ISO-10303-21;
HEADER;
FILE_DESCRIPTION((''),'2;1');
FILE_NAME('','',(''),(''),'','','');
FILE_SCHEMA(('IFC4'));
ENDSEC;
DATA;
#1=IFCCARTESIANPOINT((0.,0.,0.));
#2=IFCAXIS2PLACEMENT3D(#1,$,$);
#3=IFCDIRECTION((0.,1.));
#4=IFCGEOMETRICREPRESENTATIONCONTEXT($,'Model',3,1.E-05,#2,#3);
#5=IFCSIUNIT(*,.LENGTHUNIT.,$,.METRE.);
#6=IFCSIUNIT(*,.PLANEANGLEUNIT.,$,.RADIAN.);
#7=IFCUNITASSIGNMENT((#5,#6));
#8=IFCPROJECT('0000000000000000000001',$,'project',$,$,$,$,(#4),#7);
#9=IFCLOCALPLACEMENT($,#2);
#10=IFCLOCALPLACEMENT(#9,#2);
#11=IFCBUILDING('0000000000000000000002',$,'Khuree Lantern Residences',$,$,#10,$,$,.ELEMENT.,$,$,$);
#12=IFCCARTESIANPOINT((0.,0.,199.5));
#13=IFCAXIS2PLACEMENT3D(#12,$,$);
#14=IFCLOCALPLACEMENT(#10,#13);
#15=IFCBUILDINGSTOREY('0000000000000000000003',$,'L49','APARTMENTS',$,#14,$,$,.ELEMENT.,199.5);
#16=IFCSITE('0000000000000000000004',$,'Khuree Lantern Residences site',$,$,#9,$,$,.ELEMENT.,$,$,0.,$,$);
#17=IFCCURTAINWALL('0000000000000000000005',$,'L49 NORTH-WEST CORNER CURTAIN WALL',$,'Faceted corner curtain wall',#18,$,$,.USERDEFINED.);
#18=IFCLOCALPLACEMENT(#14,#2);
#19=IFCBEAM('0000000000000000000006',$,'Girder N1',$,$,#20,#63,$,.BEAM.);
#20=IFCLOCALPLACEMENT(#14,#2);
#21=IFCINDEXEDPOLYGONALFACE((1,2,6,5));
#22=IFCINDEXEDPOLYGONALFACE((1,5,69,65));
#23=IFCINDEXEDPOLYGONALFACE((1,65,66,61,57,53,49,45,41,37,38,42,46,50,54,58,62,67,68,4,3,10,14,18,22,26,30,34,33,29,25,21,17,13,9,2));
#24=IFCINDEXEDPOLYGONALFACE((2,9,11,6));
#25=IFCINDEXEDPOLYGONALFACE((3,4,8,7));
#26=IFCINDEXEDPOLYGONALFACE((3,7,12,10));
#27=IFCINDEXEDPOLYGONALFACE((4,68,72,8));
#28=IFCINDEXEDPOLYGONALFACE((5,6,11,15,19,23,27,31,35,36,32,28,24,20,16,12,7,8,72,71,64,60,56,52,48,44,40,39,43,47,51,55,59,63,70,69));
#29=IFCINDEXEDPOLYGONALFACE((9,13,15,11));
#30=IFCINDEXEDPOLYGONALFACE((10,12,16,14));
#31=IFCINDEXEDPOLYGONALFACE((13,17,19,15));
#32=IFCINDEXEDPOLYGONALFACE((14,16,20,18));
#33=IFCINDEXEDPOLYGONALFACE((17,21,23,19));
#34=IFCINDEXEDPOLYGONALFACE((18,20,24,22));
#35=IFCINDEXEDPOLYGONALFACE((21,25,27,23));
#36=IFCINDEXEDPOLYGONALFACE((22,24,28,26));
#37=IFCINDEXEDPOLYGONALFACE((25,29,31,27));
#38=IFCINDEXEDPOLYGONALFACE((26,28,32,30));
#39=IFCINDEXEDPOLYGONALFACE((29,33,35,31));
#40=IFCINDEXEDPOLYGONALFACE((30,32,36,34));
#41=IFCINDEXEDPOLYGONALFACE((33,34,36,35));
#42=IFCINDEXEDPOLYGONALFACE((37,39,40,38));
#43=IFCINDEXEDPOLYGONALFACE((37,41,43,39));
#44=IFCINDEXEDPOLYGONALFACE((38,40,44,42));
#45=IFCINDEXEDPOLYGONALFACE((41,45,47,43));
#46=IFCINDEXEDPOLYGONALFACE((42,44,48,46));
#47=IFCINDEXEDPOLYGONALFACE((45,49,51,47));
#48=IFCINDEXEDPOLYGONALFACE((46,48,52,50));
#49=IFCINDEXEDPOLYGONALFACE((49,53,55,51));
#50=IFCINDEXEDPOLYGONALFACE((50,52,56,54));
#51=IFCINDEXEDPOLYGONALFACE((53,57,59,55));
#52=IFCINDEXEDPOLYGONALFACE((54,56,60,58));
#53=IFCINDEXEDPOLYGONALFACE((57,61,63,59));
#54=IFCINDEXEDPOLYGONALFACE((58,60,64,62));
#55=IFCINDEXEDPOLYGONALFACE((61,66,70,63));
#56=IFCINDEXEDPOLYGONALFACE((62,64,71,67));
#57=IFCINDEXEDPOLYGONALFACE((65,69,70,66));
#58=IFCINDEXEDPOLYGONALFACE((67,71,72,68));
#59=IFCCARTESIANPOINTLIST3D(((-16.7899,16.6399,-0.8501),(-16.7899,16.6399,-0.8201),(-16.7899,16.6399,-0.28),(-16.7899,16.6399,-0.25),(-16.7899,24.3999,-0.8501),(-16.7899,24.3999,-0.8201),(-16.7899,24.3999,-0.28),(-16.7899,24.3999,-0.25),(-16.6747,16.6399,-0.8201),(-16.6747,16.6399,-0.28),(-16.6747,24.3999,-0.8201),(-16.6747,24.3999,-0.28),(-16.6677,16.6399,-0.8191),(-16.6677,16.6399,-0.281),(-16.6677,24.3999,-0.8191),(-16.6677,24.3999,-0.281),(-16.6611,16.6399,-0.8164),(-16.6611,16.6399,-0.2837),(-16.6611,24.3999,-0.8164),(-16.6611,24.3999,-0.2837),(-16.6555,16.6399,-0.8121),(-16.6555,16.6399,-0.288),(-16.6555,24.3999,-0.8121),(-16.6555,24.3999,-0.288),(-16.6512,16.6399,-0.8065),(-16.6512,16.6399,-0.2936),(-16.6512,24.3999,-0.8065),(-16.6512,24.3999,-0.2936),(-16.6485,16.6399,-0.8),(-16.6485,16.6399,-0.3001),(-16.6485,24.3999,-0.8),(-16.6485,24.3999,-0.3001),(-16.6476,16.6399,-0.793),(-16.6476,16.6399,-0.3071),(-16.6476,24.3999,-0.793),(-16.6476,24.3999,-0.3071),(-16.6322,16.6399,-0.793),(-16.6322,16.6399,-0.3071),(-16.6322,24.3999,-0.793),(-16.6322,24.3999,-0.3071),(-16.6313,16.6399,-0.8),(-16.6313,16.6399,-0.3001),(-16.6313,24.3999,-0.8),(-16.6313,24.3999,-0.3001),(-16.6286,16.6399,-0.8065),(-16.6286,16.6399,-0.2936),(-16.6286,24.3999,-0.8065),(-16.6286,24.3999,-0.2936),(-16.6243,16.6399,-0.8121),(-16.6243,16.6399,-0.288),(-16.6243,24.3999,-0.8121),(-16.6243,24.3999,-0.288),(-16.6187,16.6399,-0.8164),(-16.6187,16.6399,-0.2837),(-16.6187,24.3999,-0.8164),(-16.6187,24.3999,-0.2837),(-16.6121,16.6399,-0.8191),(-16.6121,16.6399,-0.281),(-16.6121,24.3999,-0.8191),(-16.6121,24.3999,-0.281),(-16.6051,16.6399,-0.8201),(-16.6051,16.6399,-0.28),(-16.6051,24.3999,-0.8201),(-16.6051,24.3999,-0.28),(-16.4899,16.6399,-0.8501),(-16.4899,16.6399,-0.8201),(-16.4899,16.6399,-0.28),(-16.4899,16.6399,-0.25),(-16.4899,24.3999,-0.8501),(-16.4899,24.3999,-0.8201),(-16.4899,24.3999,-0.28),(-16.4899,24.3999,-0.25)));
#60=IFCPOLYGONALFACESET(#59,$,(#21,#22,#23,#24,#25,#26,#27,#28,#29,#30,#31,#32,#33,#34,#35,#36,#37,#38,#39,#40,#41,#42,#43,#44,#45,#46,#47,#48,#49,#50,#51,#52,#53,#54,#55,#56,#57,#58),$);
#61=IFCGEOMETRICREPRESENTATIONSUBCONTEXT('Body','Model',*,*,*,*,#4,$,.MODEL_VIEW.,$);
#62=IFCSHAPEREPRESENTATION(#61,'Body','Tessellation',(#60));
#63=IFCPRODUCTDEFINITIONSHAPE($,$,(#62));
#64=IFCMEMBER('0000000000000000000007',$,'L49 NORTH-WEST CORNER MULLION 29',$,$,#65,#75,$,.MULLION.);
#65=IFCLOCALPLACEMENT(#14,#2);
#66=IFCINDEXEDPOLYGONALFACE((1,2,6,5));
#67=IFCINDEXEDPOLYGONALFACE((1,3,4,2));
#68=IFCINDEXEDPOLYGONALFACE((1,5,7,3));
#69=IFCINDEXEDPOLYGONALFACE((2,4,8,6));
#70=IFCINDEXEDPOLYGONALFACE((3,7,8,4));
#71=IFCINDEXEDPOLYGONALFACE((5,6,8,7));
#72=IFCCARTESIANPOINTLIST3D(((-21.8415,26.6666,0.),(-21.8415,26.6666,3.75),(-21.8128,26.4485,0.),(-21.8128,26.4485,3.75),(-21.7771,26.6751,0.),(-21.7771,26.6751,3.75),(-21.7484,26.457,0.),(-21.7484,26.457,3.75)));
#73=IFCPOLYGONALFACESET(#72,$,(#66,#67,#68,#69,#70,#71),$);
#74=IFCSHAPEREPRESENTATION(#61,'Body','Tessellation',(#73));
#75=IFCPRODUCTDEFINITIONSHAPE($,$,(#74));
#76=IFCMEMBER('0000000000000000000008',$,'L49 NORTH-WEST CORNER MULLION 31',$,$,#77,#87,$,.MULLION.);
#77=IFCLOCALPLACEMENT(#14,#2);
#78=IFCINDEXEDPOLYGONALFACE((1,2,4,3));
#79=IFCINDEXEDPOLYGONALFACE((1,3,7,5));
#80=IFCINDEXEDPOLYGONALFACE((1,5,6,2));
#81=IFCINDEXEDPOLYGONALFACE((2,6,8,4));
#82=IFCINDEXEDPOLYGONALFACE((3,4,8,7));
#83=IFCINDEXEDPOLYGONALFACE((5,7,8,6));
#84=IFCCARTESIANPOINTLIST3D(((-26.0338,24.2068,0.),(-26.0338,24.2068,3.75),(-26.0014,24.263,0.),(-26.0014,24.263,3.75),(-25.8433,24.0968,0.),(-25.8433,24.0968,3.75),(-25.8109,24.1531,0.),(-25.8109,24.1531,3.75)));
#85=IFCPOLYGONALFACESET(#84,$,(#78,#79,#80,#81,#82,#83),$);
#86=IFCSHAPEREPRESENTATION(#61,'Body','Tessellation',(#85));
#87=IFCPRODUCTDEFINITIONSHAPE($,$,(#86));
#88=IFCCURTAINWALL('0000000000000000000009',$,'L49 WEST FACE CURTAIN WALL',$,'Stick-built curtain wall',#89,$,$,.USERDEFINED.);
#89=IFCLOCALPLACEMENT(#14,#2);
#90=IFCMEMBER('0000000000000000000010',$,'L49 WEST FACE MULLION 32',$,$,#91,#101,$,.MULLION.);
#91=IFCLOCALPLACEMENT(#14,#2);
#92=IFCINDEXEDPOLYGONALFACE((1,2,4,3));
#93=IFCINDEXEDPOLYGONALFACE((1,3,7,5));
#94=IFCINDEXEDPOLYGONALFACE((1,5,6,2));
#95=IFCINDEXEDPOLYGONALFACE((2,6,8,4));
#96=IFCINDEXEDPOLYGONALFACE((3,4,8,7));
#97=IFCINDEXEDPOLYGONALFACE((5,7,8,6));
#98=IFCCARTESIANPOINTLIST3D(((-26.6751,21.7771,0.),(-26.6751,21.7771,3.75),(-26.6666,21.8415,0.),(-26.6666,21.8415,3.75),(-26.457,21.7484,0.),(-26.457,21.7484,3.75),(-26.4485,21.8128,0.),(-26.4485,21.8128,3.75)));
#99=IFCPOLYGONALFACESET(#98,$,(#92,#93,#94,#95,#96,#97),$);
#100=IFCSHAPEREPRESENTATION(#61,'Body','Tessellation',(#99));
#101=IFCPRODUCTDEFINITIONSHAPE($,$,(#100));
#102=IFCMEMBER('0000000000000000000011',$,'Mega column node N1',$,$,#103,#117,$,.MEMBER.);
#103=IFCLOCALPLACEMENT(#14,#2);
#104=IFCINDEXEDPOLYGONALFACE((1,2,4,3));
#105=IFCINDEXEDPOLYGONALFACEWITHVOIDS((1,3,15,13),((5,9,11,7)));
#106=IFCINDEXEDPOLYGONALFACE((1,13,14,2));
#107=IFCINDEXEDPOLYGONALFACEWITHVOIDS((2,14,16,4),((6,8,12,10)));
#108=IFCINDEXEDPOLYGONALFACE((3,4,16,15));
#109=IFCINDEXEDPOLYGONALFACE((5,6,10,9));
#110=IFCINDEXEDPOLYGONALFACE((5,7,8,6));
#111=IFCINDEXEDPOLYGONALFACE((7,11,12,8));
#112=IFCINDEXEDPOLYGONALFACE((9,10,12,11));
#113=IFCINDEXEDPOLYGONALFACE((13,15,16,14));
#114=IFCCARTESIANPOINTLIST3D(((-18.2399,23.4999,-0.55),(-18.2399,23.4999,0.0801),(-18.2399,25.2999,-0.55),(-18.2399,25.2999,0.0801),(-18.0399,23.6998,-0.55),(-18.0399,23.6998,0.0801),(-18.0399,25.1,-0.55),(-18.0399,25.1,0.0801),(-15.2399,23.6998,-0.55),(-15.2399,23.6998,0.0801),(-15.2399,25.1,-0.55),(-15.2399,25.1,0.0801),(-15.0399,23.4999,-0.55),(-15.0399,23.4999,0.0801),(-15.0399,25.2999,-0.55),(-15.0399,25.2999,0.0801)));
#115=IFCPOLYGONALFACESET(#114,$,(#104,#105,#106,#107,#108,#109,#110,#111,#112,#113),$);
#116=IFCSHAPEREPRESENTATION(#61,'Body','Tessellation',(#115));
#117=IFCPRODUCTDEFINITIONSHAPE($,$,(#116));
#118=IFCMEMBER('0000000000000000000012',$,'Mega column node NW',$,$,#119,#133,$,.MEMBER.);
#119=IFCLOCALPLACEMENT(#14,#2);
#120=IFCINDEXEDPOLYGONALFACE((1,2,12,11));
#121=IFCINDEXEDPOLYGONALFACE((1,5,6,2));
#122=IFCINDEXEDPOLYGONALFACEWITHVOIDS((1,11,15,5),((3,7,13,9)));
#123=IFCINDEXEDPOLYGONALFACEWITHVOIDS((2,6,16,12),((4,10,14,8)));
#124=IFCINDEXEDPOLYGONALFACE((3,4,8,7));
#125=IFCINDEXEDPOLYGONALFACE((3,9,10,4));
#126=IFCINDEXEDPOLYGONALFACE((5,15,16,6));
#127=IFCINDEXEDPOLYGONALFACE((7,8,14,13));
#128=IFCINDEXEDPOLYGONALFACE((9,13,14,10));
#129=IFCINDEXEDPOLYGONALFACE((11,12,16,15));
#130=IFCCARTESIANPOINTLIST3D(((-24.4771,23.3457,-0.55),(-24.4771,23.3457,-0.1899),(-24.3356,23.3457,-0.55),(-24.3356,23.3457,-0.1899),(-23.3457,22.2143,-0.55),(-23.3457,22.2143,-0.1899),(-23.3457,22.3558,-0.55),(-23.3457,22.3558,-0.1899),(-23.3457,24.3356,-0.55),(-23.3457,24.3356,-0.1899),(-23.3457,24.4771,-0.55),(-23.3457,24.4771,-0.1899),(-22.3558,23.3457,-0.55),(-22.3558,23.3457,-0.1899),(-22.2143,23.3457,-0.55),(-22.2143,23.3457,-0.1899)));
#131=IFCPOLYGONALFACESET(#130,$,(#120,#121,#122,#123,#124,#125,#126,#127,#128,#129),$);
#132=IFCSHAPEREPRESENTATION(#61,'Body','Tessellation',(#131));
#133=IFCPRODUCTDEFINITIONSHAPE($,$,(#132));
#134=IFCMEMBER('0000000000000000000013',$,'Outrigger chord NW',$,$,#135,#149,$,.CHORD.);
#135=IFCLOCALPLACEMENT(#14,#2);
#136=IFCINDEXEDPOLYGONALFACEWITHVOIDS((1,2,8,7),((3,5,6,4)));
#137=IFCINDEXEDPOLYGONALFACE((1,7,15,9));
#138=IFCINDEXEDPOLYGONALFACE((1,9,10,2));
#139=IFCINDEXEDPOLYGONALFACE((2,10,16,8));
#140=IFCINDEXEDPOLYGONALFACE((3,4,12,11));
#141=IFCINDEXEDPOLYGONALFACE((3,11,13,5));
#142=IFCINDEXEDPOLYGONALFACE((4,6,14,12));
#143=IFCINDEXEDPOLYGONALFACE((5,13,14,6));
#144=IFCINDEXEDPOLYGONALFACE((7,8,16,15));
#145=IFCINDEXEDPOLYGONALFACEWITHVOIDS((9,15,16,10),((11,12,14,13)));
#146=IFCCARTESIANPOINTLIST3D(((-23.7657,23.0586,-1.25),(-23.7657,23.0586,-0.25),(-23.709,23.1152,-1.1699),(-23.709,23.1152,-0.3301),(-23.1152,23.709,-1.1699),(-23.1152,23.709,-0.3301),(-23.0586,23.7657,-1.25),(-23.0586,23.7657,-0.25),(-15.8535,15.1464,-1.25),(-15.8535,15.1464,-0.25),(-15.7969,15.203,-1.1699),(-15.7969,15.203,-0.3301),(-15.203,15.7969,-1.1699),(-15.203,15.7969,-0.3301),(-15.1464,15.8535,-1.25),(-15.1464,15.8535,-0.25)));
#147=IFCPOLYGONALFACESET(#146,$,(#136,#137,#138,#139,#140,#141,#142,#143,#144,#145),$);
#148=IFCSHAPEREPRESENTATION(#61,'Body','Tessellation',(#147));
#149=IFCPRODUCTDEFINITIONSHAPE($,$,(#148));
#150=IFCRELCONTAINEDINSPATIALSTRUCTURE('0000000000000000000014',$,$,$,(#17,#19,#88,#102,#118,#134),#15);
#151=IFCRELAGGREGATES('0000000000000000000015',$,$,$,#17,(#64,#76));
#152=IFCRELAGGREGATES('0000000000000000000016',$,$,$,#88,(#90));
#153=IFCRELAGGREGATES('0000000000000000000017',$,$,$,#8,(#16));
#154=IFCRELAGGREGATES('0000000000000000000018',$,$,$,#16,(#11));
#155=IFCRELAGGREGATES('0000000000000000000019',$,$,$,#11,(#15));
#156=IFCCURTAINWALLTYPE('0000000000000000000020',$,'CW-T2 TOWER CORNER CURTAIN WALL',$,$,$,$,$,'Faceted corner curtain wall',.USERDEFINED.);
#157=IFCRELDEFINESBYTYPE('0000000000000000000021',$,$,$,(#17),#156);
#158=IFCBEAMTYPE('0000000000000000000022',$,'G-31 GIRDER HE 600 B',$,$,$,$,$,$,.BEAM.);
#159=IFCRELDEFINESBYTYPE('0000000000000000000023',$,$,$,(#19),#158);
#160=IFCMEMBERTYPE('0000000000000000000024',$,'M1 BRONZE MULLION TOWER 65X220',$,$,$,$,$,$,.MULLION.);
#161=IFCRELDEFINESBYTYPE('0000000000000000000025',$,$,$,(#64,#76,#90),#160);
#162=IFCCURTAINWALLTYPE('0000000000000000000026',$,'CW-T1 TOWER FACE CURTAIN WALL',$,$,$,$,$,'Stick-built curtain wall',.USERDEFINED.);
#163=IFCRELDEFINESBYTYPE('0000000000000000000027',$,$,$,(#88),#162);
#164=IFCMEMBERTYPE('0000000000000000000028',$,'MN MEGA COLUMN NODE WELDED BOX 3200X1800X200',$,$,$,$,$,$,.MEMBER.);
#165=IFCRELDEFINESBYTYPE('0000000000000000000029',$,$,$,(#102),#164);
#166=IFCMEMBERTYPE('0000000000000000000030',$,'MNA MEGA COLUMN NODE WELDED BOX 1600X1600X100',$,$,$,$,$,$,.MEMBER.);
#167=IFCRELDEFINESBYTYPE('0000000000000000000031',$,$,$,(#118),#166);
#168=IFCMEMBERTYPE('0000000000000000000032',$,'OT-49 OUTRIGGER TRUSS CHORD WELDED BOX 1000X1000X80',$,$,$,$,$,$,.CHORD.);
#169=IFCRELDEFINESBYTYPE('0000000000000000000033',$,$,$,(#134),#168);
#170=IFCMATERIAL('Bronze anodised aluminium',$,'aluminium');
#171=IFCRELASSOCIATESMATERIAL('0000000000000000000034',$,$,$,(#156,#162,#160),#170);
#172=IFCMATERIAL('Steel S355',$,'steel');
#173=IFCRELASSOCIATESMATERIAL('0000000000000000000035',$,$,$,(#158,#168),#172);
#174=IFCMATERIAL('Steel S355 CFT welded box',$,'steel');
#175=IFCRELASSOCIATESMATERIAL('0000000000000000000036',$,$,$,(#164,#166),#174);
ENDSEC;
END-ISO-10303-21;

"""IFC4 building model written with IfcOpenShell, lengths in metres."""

from ifc_helpers import new_model, si_unit, direction, frame, origin, origin_2d, place, context, subcontext, project, spatial, rectangle, hollow_rectangle, i_section, extrude, material, material_profile, profile_set, type_object, element, aggregate, save


model = new_model("IFC4")

# Units and contexts
model_context = context("Model", 3, precision=1e-05, world=origin(), true_north=direction((0.0, 1.0)))
body_context = subcontext(model_context, "Body", "Model", "MODEL_VIEW")
ifc_project = project(units=[si_unit("LENGTHUNIT", "METRE"), si_unit("PLANEANGLEUNIT", "RADIAN")], contexts=[model_context])

# Site, building, storey
site_placement = place(None, origin())
site = spatial("IfcSite", under=ifc_project, at=site_placement, Name="Khuree Lantern Residences site", CompositionType="ELEMENT", RefElevation=0.0)
building_placement = place(site_placement, origin())
building = spatial("IfcBuilding", under=site, at=building_placement, Name="Khuree Lantern Residences", CompositionType="ELEMENT")
storey_placement = place(building_placement, frame((0.0, 0.0, 199.5)))
storey = spatial("IfcBuildingStorey", under=building, at=storey_placement, Name="L49", Description="APARTMENTS", CompositionType="ELEMENT", Elevation=199.5)

# Shared definitions
ifc_material_1 = material(Name="Steel S355 CFT welded box", Category="steel")

# Shared definitions
ifc_material_2 = material(Name="Steel S355", Category="steel")

# Curtain wall
ifc_material_3 = material(Name="Bronze anodised aluminium", Category="aluminium")
curtain_wall_type_1 = type_object("IfcCurtainWallType", Name="CW-T2 TOWER CORNER CURTAIN WALL", ElementType="Faceted corner curtain wall", PredefinedType="USERDEFINED", material=ifc_material_3)
curtain_wall_1_placement = place(storey_placement, origin())
curtain_wall_1 = element("IfcCurtainWall", 1, at=curtain_wall_1_placement, inside=storey, type_object=curtain_wall_type_1, Name="L49 NORTH-WEST CORNER CURTAIN WALL", ObjectType="Faceted corner curtain wall", PredefinedType="USERDEFINED")

# Beam
ifc_material_profile_1 = material_profile(ifc_material_2, i_section(OverallWidth=0.3, OverallDepth=0.6001, WebThickness=0.0154, FlangeThickness=0.03, FilletRadius=0.0271, at=origin_2d()), Name="HE 600 B")
ifc_profile_set_1 = profile_set([ifc_material_profile_1], Name="Steel S355")
beam_type_1 = type_object("IfcBeamType", Name="G-31 GIRDER HE 600 B", PredefinedType="BEAM", material=ifc_profile_set_1)
beam_1_placement = place(storey_placement, frame((-16.6399, 24.3999, -0.55), z_axis=(0.0, -1.0, 0.0), x_axis=(1.0, 0.0, 0.0)))
element("IfcBeam", 2, at=beam_1_placement, inside=storey, type_object=beam_type_1, Name="Girder N1", PredefinedType="BEAM", context=body_context, shape_type="SweptSolid", body=[
    extrude(i_section(OverallWidth=0.3, OverallDepth=0.6001, WebThickness=0.0154, FlangeThickness=0.03, FilletRadius=0.0271, at=origin_2d()), origin(), (0.0, 0.0, 1.0), 7.76),
])

# Members
ifc_material_profile_2 = material_profile(ifc_material_3, rectangle(XDim=0.0649, YDim=0.22, at=origin_2d()), Name="M1 65X220")
ifc_profile_set_2 = profile_set([ifc_material_profile_2], Name="Bronze anodised aluminium")
member_type_1 = type_object("IfcMemberType", Name="M1 BRONZE MULLION TOWER 65X220", PredefinedType="MULLION", material=ifc_profile_set_2)
member_1_placement = place(storey_placement, frame((-21.7949, 26.5618, 0.0), z_axis=(0.0, 0.0, 1.0), x_axis=(-0.991445, -0.130526, 0.0)))
member_1 = element("IfcMember", 3, at=member_1_placement, type_object=member_type_1, Name="L49 NORTH-WEST CORNER MULLION 29", PredefinedType="MULLION", context=body_context, shape_type="SweptSolid", body=[
    extrude(rectangle(XDim=0.0649, YDim=0.22, at=origin_2d()), origin(), (0.0, 0.0, 1.0), 3.75),
])
member_2_placement = place(storey_placement, frame((-25.9224, 24.1799, 0.0), z_axis=(0.0, 0.0, 1.0), x_axis=(-0.5, -0.866025, 0.0)))
member_2 = element("IfcMember", 4, at=member_2_placement, type_object=member_type_1, Name="L49 NORTH-WEST CORNER MULLION 31", PredefinedType="MULLION", context=body_context, shape_type="SweptSolid", body=[
    extrude(rectangle(XDim=0.0649, YDim=0.22, at=origin_2d()), origin(), (0.0, 0.0, 1.0), 3.75),
])

# Curtain wall, member
curtain_wall_type_2 = type_object("IfcCurtainWallType", Name="CW-T1 TOWER FACE CURTAIN WALL", ElementType="Stick-built curtain wall", PredefinedType="USERDEFINED", material=ifc_material_3)
curtain_wall_2_placement = place(storey_placement, origin())
curtain_wall_2 = element("IfcCurtainWall", 5, at=curtain_wall_2_placement, inside=storey, type_object=curtain_wall_type_2, Name="L49 WEST FACE CURTAIN WALL", ObjectType="Stick-built curtain wall", PredefinedType="USERDEFINED")
member_3_placement = place(storey_placement, frame((-26.5618, 21.7949, 0.0), z_axis=(0.0, 0.0, 1.0), x_axis=(-0.130526, -0.991445, 0.0)))
member_3 = element("IfcMember", 6, at=member_3_placement, type_object=member_type_1, Name="L49 WEST FACE MULLION 32", PredefinedType="MULLION", context=body_context, shape_type="SweptSolid", body=[
    extrude(rectangle(XDim=0.0649, YDim=0.22, at=origin_2d()), origin(), (0.0, 0.0, 1.0), 3.75),
])

# Members
ifc_material_profile_3 = material_profile(ifc_material_1, hollow_rectangle(XDim=3.2, YDim=1.8, WallThickness=0.2, at=origin_2d()), Name="WELDED BOX 3200X1800X200")
ifc_profile_set_3 = profile_set([ifc_material_profile_3], Name="Steel S355 CFT welded box")
member_type_2 = type_object("IfcMemberType", Name="MN MEGA COLUMN NODE WELDED BOX 3200X1800X200", PredefinedType="MEMBER", material=ifc_profile_set_3)
member_4_placement = place(storey_placement, frame((-16.6399, 24.3999, -0.55), z_axis=(0.0, 0.0, 1.0), x_axis=(1.0, 0.0, 0.0)))
element("IfcMember", 7, at=member_4_placement, inside=storey, type_object=member_type_2, Name="Mega column node N1", PredefinedType="MEMBER", context=body_context, shape_type="SweptSolid", body=[
    extrude(hollow_rectangle(XDim=3.2, YDim=1.8, WallThickness=0.2, at=origin_2d()), origin(), (0.0, 0.0, 1.0), 0.6301),
])
ifc_material_profile_4 = material_profile(ifc_material_1, hollow_rectangle(XDim=1.6001, YDim=1.6001, WallThickness=0.1001, at=origin_2d()), Name="WELDED BOX 1600X1600X100")
ifc_profile_set_4 = profile_set([ifc_material_profile_4], Name="Steel S355 CFT welded box")
member_type_3 = type_object("IfcMemberType", Name="MNA MEGA COLUMN NODE WELDED BOX 1600X1600X100", PredefinedType="MEMBER", material=ifc_profile_set_4)
member_5_placement = place(storey_placement, frame((-23.3457, 23.3457, -0.55), z_axis=(0.0, 0.0, 1.0), x_axis=(0.707107, 0.707107, 0.0)))
element("IfcMember", 8, at=member_5_placement, inside=storey, type_object=member_type_3, Name="Mega column node NW", PredefinedType="MEMBER", context=body_context, shape_type="SweptSolid", body=[
    extrude(hollow_rectangle(XDim=1.6001, YDim=1.6001, WallThickness=0.1001, at=origin_2d()), origin(), (0.0, 0.0, 1.0), 0.3601),
])
ifc_material_profile_5 = material_profile(ifc_material_2, hollow_rectangle(XDim=1.0, YDim=1.0, WallThickness=0.0801, at=origin_2d()), Name="WELDED BOX 1000X1000X80")
ifc_profile_set_5 = profile_set([ifc_material_profile_5], Name="Steel S355")
member_type_4 = type_object("IfcMemberType", Name="OT-49 OUTRIGGER TRUSS CHORD WELDED BOX 1000X1000X80", PredefinedType="CHORD", material=ifc_profile_set_5)
member_6_placement = place(storey_placement, frame((-23.4121, 23.4121, -0.75), z_axis=(0.707107, -0.707107, 0.0), x_axis=(0.707107, 0.707107, 0.0)))
element("IfcMember", 9, at=member_6_placement, inside=storey, type_object=member_type_4, Name="Outrigger chord NW", PredefinedType="CHORD", context=body_context, shape_type="SweptSolid", body=[
    extrude(hollow_rectangle(XDim=1.0, YDim=1.0, WallThickness=0.0801, at=origin_2d()), origin(), (0.0, 0.0, 1.0), 11.1895),
])

aggregate(curtain_wall_1, [member_1, member_2])
aggregate(curtain_wall_2, [member_3])

save(model, "model.ifc")
